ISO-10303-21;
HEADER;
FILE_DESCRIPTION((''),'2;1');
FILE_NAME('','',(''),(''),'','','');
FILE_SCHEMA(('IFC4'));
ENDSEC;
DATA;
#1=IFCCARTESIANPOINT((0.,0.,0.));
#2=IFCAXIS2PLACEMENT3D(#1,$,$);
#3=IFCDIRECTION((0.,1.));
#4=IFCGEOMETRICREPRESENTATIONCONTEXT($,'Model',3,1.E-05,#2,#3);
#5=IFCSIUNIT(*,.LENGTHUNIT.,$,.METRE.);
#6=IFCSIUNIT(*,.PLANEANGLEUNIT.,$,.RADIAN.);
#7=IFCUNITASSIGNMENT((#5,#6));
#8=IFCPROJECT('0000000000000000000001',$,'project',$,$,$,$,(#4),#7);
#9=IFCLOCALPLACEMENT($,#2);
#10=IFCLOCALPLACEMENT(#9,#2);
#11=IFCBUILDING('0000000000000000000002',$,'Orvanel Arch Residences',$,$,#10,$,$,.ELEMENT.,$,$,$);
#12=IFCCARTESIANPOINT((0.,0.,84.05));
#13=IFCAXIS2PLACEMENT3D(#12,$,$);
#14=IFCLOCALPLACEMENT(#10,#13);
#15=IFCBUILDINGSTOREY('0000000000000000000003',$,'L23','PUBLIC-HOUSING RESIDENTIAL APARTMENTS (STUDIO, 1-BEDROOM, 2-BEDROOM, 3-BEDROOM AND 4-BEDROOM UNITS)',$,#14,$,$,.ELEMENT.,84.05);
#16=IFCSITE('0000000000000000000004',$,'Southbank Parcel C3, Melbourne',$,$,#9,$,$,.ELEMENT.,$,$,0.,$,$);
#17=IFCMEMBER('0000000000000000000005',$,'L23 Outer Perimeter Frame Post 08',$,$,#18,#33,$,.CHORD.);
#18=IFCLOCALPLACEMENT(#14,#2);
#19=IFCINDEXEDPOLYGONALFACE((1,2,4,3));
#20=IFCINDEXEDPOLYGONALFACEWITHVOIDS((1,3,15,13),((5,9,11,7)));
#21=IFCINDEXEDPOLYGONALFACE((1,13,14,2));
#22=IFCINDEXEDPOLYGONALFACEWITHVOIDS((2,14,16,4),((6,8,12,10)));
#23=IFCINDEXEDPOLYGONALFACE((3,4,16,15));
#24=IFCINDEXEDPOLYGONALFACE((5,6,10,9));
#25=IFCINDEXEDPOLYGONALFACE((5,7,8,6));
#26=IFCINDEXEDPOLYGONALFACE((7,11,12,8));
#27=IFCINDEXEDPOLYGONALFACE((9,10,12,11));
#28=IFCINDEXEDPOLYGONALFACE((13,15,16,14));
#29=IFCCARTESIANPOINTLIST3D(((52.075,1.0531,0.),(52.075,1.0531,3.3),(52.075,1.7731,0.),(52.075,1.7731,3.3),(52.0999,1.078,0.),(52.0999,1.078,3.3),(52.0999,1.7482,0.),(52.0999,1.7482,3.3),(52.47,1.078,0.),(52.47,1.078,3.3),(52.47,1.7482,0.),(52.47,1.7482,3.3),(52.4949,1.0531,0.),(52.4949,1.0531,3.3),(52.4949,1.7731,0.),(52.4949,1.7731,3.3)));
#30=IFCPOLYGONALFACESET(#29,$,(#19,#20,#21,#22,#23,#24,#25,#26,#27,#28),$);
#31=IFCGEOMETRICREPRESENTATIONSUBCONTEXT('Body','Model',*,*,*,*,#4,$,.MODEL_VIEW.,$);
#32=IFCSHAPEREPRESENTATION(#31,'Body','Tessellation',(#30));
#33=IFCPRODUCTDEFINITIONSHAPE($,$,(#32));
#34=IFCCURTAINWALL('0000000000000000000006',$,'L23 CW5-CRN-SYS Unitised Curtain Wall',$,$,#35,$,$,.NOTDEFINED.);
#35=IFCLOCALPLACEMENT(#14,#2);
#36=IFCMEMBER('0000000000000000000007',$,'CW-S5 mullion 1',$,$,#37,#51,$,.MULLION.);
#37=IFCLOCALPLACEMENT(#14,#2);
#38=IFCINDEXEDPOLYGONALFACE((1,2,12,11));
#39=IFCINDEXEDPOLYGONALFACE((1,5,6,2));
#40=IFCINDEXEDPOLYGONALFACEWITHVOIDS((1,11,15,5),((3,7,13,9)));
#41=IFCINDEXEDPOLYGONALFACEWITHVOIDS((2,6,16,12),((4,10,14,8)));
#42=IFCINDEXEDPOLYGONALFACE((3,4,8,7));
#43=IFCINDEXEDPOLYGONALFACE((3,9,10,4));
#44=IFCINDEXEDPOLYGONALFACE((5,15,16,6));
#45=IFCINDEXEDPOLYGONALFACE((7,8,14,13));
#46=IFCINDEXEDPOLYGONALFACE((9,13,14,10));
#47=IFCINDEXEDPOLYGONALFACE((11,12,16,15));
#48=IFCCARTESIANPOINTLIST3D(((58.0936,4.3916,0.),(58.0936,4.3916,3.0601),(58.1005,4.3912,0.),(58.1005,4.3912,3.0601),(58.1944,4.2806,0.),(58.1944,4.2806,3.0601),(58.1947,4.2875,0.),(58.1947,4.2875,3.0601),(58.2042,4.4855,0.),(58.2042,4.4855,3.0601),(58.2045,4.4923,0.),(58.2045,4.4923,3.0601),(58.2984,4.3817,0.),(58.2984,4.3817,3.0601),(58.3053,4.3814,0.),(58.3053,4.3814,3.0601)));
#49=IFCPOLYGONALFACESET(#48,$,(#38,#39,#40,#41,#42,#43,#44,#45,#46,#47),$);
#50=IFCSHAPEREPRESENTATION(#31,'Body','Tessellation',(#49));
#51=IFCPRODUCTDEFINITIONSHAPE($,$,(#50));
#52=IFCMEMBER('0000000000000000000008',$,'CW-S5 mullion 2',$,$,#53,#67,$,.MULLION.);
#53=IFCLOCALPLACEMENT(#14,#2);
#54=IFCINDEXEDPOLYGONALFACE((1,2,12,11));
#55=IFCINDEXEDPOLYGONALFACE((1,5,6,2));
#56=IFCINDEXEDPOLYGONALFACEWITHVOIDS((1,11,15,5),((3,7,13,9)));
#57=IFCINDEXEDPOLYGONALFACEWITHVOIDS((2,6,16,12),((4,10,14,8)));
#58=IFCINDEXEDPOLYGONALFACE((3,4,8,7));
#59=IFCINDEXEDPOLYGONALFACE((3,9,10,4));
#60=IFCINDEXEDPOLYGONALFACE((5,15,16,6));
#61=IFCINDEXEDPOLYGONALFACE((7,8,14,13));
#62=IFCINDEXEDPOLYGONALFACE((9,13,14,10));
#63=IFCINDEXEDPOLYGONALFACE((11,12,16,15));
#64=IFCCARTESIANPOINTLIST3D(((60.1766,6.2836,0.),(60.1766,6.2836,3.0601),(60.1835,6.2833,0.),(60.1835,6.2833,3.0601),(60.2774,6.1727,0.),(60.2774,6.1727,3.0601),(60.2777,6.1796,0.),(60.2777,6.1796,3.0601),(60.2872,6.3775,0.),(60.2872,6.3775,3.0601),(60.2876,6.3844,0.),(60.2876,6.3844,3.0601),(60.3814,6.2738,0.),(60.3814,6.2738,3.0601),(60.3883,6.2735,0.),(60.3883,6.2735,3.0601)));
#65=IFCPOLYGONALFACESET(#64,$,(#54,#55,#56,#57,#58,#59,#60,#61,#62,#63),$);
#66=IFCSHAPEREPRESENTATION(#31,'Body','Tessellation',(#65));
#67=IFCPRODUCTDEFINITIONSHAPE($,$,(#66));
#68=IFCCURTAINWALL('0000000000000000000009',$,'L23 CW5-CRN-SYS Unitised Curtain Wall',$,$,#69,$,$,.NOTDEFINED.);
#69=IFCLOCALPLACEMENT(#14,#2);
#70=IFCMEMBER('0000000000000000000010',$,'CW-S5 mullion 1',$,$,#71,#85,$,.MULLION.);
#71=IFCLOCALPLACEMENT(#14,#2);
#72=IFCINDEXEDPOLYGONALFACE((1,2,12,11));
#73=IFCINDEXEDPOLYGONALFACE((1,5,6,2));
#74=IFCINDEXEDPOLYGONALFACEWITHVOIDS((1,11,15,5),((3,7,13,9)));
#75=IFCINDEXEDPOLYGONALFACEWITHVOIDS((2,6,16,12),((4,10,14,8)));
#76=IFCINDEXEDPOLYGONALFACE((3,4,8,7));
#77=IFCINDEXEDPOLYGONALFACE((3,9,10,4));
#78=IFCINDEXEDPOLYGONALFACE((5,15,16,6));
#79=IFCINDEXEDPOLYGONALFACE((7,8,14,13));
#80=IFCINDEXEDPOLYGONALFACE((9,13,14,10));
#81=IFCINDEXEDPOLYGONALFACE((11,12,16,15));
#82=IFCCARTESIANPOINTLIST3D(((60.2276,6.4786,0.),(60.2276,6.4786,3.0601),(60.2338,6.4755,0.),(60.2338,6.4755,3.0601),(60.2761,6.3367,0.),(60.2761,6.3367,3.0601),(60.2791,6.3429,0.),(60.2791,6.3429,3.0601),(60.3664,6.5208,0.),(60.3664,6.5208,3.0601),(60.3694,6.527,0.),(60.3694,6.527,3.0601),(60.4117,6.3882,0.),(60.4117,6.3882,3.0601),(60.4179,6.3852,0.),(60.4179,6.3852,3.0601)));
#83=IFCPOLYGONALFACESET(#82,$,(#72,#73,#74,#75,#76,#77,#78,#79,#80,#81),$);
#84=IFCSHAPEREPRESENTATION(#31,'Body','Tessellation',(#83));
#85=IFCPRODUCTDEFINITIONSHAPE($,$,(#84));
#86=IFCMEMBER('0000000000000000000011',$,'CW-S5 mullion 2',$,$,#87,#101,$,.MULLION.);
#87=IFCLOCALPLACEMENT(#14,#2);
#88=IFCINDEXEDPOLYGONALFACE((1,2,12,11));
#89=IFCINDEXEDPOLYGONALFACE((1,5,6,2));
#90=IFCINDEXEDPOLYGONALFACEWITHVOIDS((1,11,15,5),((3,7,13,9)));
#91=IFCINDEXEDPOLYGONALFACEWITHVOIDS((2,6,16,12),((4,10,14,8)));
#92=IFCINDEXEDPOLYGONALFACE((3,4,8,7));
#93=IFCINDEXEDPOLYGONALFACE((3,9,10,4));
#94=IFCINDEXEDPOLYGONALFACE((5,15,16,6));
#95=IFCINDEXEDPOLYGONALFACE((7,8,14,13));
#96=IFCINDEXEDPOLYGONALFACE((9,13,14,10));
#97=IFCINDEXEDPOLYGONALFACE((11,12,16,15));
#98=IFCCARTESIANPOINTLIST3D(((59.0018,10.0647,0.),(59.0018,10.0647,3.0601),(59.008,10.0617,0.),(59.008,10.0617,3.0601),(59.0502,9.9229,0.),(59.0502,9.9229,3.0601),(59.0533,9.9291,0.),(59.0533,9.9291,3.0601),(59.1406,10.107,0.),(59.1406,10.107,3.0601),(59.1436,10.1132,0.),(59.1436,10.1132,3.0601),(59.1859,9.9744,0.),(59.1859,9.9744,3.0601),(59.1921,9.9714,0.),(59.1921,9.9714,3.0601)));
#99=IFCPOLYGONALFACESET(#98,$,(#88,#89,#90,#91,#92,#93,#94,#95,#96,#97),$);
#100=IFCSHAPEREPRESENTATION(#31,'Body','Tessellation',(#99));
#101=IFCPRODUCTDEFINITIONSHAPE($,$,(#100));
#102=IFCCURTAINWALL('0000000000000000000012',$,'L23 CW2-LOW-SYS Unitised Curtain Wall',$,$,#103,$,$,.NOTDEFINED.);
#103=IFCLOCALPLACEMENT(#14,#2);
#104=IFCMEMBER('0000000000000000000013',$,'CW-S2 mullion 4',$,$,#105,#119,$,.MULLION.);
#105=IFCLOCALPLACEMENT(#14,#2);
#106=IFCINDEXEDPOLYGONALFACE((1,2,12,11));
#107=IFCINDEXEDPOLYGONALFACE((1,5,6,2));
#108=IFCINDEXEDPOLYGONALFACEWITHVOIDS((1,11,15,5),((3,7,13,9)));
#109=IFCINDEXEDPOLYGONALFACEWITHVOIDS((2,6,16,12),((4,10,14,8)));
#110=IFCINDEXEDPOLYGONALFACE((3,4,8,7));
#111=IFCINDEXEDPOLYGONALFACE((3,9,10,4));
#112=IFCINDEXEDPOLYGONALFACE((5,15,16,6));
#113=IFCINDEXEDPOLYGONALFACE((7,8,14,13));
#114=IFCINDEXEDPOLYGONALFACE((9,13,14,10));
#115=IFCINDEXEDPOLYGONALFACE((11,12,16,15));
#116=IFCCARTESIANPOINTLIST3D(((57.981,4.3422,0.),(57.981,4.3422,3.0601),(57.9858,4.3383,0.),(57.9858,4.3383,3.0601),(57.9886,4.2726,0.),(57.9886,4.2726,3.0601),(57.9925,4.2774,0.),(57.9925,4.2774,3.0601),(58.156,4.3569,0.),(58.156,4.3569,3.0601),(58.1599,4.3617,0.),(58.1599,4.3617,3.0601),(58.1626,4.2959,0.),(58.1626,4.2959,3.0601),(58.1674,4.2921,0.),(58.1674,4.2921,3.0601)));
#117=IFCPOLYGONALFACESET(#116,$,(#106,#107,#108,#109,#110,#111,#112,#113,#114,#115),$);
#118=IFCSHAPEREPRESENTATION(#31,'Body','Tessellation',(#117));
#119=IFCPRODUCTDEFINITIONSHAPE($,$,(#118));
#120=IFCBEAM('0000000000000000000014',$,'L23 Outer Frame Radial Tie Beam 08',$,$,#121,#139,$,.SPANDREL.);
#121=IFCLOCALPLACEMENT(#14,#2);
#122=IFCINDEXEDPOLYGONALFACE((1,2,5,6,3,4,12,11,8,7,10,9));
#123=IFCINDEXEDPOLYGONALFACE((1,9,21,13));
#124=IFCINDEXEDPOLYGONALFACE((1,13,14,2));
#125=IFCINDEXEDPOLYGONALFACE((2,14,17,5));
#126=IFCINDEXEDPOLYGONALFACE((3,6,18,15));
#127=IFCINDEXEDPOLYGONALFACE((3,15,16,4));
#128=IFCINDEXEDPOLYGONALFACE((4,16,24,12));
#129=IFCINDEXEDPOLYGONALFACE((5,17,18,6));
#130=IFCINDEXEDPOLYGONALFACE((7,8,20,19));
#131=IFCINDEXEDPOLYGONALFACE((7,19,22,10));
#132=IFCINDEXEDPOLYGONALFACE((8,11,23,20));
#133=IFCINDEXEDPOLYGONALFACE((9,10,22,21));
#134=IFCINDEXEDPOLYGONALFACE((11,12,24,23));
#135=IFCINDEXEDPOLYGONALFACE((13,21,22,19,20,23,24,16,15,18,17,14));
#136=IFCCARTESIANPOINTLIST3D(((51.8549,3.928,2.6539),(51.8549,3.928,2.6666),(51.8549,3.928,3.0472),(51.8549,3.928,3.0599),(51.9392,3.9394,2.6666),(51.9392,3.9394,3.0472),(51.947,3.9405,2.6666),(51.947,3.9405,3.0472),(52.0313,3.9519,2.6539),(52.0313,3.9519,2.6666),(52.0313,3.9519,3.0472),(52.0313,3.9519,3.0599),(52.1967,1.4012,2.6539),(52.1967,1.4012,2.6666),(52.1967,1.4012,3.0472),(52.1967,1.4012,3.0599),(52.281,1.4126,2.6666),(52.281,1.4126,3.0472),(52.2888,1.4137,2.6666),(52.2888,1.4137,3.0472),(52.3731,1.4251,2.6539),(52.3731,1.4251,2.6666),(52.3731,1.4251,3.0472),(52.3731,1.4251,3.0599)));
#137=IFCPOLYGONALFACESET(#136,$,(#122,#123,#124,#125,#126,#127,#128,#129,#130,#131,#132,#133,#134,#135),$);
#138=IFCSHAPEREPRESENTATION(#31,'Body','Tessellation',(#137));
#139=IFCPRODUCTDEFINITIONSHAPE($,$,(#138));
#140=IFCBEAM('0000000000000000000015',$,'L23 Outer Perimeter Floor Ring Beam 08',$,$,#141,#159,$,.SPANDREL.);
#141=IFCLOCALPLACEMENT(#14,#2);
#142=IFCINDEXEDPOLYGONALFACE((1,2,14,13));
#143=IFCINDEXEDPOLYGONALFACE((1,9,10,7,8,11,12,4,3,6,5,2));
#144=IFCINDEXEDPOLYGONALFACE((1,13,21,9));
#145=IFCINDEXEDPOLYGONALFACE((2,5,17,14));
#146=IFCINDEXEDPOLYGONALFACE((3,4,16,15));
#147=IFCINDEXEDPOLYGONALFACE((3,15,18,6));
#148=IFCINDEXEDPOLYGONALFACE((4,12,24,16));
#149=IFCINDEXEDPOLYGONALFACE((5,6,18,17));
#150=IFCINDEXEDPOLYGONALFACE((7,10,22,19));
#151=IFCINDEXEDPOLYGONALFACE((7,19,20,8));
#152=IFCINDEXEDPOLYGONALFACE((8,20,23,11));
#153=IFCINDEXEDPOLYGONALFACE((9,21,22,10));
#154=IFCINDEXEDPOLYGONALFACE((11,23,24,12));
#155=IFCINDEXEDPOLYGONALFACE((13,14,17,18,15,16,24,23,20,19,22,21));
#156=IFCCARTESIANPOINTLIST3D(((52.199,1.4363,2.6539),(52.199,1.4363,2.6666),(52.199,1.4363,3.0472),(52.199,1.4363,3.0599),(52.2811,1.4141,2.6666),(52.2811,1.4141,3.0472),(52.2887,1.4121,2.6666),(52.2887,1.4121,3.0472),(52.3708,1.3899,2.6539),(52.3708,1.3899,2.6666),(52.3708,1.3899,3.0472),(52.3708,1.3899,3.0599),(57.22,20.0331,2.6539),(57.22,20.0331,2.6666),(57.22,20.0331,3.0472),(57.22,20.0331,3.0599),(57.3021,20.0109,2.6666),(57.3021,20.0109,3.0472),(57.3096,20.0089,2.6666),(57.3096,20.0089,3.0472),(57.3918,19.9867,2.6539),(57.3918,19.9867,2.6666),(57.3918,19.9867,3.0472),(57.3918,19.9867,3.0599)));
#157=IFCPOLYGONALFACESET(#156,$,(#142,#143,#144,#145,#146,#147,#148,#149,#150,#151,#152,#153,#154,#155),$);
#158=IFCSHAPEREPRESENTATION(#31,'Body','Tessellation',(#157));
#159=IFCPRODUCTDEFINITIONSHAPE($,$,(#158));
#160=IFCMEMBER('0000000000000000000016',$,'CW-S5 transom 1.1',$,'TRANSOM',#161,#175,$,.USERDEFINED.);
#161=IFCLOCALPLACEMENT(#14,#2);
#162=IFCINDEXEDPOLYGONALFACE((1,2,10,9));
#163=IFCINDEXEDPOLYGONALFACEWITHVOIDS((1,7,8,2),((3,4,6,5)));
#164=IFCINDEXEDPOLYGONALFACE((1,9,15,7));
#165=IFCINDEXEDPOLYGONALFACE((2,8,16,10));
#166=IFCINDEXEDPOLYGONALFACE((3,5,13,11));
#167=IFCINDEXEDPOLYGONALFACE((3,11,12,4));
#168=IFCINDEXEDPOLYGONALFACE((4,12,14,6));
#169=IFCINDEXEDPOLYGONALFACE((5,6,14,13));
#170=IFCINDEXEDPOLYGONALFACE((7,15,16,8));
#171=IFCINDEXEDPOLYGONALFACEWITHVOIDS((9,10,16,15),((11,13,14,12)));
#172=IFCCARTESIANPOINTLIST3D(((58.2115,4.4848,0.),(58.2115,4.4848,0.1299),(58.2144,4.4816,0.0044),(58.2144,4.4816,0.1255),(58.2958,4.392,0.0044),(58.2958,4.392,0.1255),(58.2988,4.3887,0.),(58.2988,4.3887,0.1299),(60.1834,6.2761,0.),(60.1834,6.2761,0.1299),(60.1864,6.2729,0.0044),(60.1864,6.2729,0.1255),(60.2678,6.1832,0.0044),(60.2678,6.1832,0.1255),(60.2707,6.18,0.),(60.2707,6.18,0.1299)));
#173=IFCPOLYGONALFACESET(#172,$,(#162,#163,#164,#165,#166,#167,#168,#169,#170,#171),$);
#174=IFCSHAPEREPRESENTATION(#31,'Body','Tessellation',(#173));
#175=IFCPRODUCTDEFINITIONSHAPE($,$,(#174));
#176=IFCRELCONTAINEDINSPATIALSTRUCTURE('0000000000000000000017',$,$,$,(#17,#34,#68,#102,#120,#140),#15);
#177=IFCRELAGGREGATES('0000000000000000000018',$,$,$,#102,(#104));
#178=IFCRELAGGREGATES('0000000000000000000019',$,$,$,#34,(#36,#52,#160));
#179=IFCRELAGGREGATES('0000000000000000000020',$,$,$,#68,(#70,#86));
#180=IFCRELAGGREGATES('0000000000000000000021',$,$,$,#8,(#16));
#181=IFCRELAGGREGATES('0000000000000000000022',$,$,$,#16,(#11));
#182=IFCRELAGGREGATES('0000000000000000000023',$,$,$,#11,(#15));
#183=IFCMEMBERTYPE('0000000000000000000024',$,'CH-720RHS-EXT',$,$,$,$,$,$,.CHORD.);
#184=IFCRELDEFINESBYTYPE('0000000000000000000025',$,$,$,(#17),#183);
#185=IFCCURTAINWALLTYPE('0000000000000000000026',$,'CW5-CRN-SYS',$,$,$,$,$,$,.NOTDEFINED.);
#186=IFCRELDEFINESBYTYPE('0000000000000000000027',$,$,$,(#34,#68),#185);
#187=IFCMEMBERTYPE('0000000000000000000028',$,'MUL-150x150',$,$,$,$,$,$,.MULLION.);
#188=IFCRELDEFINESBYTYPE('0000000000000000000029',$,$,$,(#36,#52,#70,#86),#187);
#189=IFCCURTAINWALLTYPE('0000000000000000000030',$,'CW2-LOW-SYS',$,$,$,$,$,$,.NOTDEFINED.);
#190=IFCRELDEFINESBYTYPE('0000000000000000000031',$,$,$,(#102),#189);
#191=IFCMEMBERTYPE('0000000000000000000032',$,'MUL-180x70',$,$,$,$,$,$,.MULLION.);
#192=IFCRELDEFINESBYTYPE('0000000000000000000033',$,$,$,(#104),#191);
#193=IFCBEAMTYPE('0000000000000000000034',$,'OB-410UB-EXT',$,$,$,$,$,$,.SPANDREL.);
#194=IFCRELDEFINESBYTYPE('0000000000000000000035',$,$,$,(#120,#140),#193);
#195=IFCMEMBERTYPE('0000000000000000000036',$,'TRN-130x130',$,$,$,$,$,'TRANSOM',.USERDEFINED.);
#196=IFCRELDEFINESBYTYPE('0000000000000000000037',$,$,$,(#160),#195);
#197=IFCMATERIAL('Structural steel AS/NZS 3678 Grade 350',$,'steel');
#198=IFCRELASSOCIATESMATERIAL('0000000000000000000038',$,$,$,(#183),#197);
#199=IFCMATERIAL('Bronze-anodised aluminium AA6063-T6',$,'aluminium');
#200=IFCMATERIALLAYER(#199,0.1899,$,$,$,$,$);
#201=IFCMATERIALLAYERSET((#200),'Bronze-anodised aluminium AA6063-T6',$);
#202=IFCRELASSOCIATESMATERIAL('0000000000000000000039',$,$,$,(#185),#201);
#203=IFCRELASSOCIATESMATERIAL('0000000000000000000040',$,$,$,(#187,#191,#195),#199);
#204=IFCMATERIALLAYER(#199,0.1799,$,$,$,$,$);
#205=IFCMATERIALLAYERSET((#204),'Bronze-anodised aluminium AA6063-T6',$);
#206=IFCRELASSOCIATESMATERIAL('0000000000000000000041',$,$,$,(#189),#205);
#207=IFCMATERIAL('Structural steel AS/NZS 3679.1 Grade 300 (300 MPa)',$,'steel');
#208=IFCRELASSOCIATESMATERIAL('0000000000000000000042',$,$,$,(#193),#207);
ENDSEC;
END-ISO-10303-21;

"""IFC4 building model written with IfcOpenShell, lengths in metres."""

from ifc_helpers import new_model, si_unit, direction, frame, origin, origin_2d, place, context, subcontext, project, spatial, hollow_rectangle, i_section, extrude, material, layer, layer_set, material_profile, profile_set, type_object, element, aggregate, save


model = new_model("IFC4")

# Units and contexts
model_context = context("Model", 3, precision=1e-05, world=origin(), true_north=direction((0.0, 1.0)))
body_context = subcontext(model_context, "Body", "Model", "MODEL_VIEW")
ifc_project = project(units=[si_unit("LENGTHUNIT", "METRE"), si_unit("PLANEANGLEUNIT", "RADIAN")], contexts=[model_context])

# Site, building, storey
site_placement = place(None, origin())
site = spatial("IfcSite", under=ifc_project, at=site_placement, Name="Southbank Parcel C3, Melbourne", CompositionType="ELEMENT", RefElevation=0.0)
building_placement = place(site_placement, origin())
building = spatial("IfcBuilding", under=site, at=building_placement, Name="Orvanel Arch Residences", CompositionType="ELEMENT")
storey_placement = place(building_placement, frame((0.0, 0.0, 84.05)))
storey = spatial("IfcBuildingStorey", under=building, at=storey_placement, Name="L23", Description="PUBLIC-HOUSING RESIDENTIAL APARTMENTS (STUDIO, 1-BEDROOM, 2-BEDROOM, 3-BEDROOM AND 4-BEDROOM UNITS)", CompositionType="ELEMENT", Elevation=84.05)

# Member
ifc_material_1 = material(Name="Structural steel AS/NZS 3678 Grade 350", Category="steel")
ifc_material_profile_1 = material_profile(ifc_material_1, hollow_rectangle(XDim=0.4199, YDim=0.72, WallThickness=0.0249, at=origin_2d()), Name="RHS720x420x25")
ifc_profile_set_1 = profile_set([ifc_material_profile_1], Name="Structural steel AS/NZS 3678 Grade 350")
member_type_1 = type_object("IfcMemberType", Name="CH-720RHS-EXT", PredefinedType="CHORD", material=ifc_profile_set_1)
member_1_placement = place(storey_placement, frame((52.2849, 1.4131, 0.0), z_axis=(0.0, 0.0, 1.0), x_axis=(1.0, 0.0, 0.0)))
element("IfcMember", 1, at=member_1_placement, inside=storey, type_object=member_type_1, Name="L23 Outer Perimeter Frame Post 08", PredefinedType="CHORD", context=body_context, shape_type="SweptSolid", body=[
    extrude(hollow_rectangle(XDim=0.4199, YDim=0.72, WallThickness=0.0249, at=origin_2d()), origin(), (0.0, 0.0, 1.0), 3.3),
])

# Curtain walls, members
ifc_material_2 = material(Name="Bronze-anodised aluminium AA6063-T6", Category="aluminium")
ifc_layer_1 = layer(ifc_material_2, 0.1899)
ifc_layer_set_1 = layer_set([ifc_layer_1], Name="Bronze-anodised aluminium AA6063-T6")
curtain_wall_type_1 = type_object("IfcCurtainWallType", Name="CW5-CRN-SYS", PredefinedType="NOTDEFINED", material=ifc_layer_set_1)
curtain_wall_1_placement = place(storey_placement, origin())
curtain_wall_1 = element("IfcCurtainWall", 2, at=curtain_wall_1_placement, inside=storey, type_object=curtain_wall_type_1, Name="L23 CW5-CRN-SYS Unitised Curtain Wall", PredefinedType="NOTDEFINED")
ifc_material_profile_2 = material_profile(ifc_material_2, hollow_rectangle(XDim=0.1499, YDim=0.1499, WallThickness=0.0049, at=origin_2d()), Name="ALU150x150x5")
ifc_profile_set_2 = profile_set([ifc_material_profile_2], Name="Bronze-anodised aluminium AA6063-T6")
member_type_2 = type_object("IfcMemberType", Name="MUL-150x150", PredefinedType="MULLION", material=ifc_profile_set_2)
member_2_placement = place(storey_placement, frame((58.1995, 4.3865, 0.0), z_axis=(0.0, 0.0, 1.0), x_axis=(-0.672387, 0.7402, 0.0)))
member_2 = element("IfcMember", 3, at=member_2_placement, type_object=member_type_2, Name="CW-S5 mullion 1", PredefinedType="MULLION", context=body_context, shape_type="SweptSolid", body=[
    extrude(hollow_rectangle(XDim=0.1499, YDim=0.1499, WallThickness=0.0049, at=origin_2d()), origin(), (0.0, 0.0, 1.0), 3.0601),
])
member_3_placement = place(storey_placement, frame((60.2825, 6.2786, 0.0), z_axis=(0.0, 0.0, 1.0), x_axis=(-0.672387, 0.7402, 0.0)))
member_3 = element("IfcMember", 4, at=member_3_placement, type_object=member_type_2, Name="CW-S5 mullion 2", PredefinedType="MULLION", context=body_context, shape_type="SweptSolid", body=[
    extrude(hollow_rectangle(XDim=0.1499, YDim=0.1499, WallThickness=0.0049, at=origin_2d()), origin(), (0.0, 0.0, 1.0), 3.0601),
])
curtain_wall_2_placement = place(storey_placement, origin())
curtain_wall_2 = element("IfcCurtainWall", 5, at=curtain_wall_2_placement, inside=storey, type_object=curtain_wall_type_1, Name="L23 CW5-CRN-SYS Unitised Curtain Wall", PredefinedType="NOTDEFINED")
member_4_placement = place(storey_placement, frame((60.3228, 6.4319, 0.0), z_axis=(0.0, 0.0, 1.0), x_axis=(-0.946249, -0.323438, 0.0)))
member_4 = element("IfcMember", 6, at=member_4_placement, type_object=member_type_2, Name="CW-S5 mullion 1", PredefinedType="MULLION", context=body_context, shape_type="SweptSolid", body=[
    extrude(hollow_rectangle(XDim=0.1499, YDim=0.1499, WallThickness=0.0049, at=origin_2d()), origin(), (0.0, 0.0, 1.0), 3.0601),
])
member_5_placement = place(storey_placement, frame((59.0969, 10.0181, 0.0), z_axis=(0.0, 0.0, 1.0), x_axis=(-0.946249, -0.323438, 0.0)))
member_5 = element("IfcMember", 7, at=member_5_placement, type_object=member_type_2, Name="CW-S5 mullion 2", PredefinedType="MULLION", context=body_context, shape_type="SweptSolid", body=[
    extrude(hollow_rectangle(XDim=0.1499, YDim=0.1499, WallThickness=0.0049, at=origin_2d()), origin(), (0.0, 0.0, 1.0), 3.0601),
])

# Curtain wall, member
ifc_layer_2 = layer(ifc_material_2, 0.1799)
ifc_layer_set_2 = layer_set([ifc_layer_2], Name="Bronze-anodised aluminium AA6063-T6")
curtain_wall_type_2 = type_object("IfcCurtainWallType", Name="CW2-LOW-SYS", PredefinedType="NOTDEFINED", material=ifc_layer_set_2)
curtain_wall_3_placement = place(storey_placement, origin())
curtain_wall_3 = element("IfcCurtainWall", 8, at=curtain_wall_3_placement, inside=storey, type_object=curtain_wall_type_2, Name="L23 CW2-LOW-SYS Unitised Curtain Wall", PredefinedType="NOTDEFINED")
ifc_material_profile_3 = material_profile(ifc_material_2, hollow_rectangle(XDim=0.0701, YDim=0.1799, WallThickness=0.0044, at=origin_2d()), Name="ALU180x70x4.5")
ifc_profile_set_3 = profile_set([ifc_material_profile_3], Name="Bronze-anodised aluminium AA6063-T6")
member_type_3 = type_object("IfcMemberType", Name="MUL-180x70", PredefinedType="MULLION", material=ifc_profile_set_3)
member_6_placement = place(storey_placement, frame((58.0742, 4.3171, 0.0), z_axis=(0.0, 0.0, 1.0), x_axis=(-0.108308, 0.994117, 0.0)))
member_6 = element("IfcMember", 9, at=member_6_placement, type_object=member_type_3, Name="CW-S2 mullion 4", PredefinedType="MULLION", context=body_context, shape_type="SweptSolid", body=[
    extrude(hollow_rectangle(XDim=0.0701, YDim=0.1799, WallThickness=0.0044, at=origin_2d()), origin(), (0.0, 0.0, 1.0), 3.0601),
])

# Beams
ifc_material_3 = material(Name="Structural steel AS/NZS 3679.1 Grade 300 (300 MPa)", Category="steel")
ifc_material_profile_4 = material_profile(ifc_material_3, i_section(OverallWidth=0.178, OverallDepth=0.406, WebThickness=0.0078, FlangeThickness=0.0127, at=origin_2d()), Name="410UB59.7")
ifc_profile_set_4 = profile_set([ifc_material_profile_4], Name="Structural steel AS/NZS 3679.1 Grade 300 (300 MPa)")
beam_type = type_object("IfcBeamType", Name="OB-410UB-EXT", PredefinedType="SPANDREL", material=ifc_profile_set_4)
beam_1_placement = place(storey_placement, frame((51.9431, 3.9399, 2.8569), z_axis=(0.134045, -0.990975, 0.0), x_axis=(0.990975, 0.134045, 0.0)))
element("IfcBeam", 10, at=beam_1_placement, inside=storey, type_object=beam_type, Name="L23 Outer Frame Radial Tie Beam 08", PredefinedType="SPANDREL", context=body_context, shape_type="SweptSolid", body=[
    extrude(i_section(OverallWidth=0.178, OverallDepth=0.406, WebThickness=0.0078, FlangeThickness=0.0127, at=origin_2d()), origin(), (0.0, 0.0, 1.0), 2.5498),
])
beam_2_placement = place(storey_placement, frame((52.2849, 1.4131, 2.8569), z_axis=(0.260657, 0.965431, 0.0), x_axis=(-0.965431, 0.260657, 0.0)))
element("IfcBeam", 11, at=beam_2_placement, inside=storey, type_object=beam_type, Name="L23 Outer Perimeter Floor Ring Beam 08", PredefinedType="SPANDREL", context=body_context, shape_type="SweptSolid", body=[
    extrude(i_section(OverallWidth=0.178, OverallDepth=0.406, WebThickness=0.0078, FlangeThickness=0.0127, at=origin_2d()), origin(), (0.0, 0.0, 1.0), 19.2627),
])

# Member
ifc_material_profile_5 = material_profile(ifc_material_2, hollow_rectangle(XDim=0.1299, YDim=0.1299, WallThickness=0.0044, at=origin_2d()), Name="ALU130x130x4.5")
ifc_profile_set_5 = profile_set([ifc_material_profile_5], Name="Bronze-anodised aluminium AA6063-T6")
member_type_4 = type_object("IfcMemberType", Name="TRN-130x130", ElementType="TRANSOM", PredefinedType="USERDEFINED", material=ifc_profile_set_5)
member_7_placement = place(storey_placement, frame((58.2551, 4.4368, 0.0649), z_axis=(0.740201, 0.672385, 0.0), x_axis=(-0.672385, 0.740201, 0.0)))
member_7 = element("IfcMember", 12, at=member_7_placement, type_object=member_type_4, Name="CW-S5 transom 1.1", ObjectType="TRANSOM", PredefinedType="USERDEFINED", context=body_context, shape_type="SweptSolid", body=[
    extrude(hollow_rectangle(XDim=0.1299, YDim=0.1299, WallThickness=0.0044, at=origin_2d()), origin(), (0.0, 0.0, 1.0), 2.6641),
])

aggregate(curtain_wall_3, [member_6])
aggregate(curtain_wall_1, [member_2, member_3, member_7])
aggregate(curtain_wall_2, [member_4, member_5])

save(model, "model.ifc")
